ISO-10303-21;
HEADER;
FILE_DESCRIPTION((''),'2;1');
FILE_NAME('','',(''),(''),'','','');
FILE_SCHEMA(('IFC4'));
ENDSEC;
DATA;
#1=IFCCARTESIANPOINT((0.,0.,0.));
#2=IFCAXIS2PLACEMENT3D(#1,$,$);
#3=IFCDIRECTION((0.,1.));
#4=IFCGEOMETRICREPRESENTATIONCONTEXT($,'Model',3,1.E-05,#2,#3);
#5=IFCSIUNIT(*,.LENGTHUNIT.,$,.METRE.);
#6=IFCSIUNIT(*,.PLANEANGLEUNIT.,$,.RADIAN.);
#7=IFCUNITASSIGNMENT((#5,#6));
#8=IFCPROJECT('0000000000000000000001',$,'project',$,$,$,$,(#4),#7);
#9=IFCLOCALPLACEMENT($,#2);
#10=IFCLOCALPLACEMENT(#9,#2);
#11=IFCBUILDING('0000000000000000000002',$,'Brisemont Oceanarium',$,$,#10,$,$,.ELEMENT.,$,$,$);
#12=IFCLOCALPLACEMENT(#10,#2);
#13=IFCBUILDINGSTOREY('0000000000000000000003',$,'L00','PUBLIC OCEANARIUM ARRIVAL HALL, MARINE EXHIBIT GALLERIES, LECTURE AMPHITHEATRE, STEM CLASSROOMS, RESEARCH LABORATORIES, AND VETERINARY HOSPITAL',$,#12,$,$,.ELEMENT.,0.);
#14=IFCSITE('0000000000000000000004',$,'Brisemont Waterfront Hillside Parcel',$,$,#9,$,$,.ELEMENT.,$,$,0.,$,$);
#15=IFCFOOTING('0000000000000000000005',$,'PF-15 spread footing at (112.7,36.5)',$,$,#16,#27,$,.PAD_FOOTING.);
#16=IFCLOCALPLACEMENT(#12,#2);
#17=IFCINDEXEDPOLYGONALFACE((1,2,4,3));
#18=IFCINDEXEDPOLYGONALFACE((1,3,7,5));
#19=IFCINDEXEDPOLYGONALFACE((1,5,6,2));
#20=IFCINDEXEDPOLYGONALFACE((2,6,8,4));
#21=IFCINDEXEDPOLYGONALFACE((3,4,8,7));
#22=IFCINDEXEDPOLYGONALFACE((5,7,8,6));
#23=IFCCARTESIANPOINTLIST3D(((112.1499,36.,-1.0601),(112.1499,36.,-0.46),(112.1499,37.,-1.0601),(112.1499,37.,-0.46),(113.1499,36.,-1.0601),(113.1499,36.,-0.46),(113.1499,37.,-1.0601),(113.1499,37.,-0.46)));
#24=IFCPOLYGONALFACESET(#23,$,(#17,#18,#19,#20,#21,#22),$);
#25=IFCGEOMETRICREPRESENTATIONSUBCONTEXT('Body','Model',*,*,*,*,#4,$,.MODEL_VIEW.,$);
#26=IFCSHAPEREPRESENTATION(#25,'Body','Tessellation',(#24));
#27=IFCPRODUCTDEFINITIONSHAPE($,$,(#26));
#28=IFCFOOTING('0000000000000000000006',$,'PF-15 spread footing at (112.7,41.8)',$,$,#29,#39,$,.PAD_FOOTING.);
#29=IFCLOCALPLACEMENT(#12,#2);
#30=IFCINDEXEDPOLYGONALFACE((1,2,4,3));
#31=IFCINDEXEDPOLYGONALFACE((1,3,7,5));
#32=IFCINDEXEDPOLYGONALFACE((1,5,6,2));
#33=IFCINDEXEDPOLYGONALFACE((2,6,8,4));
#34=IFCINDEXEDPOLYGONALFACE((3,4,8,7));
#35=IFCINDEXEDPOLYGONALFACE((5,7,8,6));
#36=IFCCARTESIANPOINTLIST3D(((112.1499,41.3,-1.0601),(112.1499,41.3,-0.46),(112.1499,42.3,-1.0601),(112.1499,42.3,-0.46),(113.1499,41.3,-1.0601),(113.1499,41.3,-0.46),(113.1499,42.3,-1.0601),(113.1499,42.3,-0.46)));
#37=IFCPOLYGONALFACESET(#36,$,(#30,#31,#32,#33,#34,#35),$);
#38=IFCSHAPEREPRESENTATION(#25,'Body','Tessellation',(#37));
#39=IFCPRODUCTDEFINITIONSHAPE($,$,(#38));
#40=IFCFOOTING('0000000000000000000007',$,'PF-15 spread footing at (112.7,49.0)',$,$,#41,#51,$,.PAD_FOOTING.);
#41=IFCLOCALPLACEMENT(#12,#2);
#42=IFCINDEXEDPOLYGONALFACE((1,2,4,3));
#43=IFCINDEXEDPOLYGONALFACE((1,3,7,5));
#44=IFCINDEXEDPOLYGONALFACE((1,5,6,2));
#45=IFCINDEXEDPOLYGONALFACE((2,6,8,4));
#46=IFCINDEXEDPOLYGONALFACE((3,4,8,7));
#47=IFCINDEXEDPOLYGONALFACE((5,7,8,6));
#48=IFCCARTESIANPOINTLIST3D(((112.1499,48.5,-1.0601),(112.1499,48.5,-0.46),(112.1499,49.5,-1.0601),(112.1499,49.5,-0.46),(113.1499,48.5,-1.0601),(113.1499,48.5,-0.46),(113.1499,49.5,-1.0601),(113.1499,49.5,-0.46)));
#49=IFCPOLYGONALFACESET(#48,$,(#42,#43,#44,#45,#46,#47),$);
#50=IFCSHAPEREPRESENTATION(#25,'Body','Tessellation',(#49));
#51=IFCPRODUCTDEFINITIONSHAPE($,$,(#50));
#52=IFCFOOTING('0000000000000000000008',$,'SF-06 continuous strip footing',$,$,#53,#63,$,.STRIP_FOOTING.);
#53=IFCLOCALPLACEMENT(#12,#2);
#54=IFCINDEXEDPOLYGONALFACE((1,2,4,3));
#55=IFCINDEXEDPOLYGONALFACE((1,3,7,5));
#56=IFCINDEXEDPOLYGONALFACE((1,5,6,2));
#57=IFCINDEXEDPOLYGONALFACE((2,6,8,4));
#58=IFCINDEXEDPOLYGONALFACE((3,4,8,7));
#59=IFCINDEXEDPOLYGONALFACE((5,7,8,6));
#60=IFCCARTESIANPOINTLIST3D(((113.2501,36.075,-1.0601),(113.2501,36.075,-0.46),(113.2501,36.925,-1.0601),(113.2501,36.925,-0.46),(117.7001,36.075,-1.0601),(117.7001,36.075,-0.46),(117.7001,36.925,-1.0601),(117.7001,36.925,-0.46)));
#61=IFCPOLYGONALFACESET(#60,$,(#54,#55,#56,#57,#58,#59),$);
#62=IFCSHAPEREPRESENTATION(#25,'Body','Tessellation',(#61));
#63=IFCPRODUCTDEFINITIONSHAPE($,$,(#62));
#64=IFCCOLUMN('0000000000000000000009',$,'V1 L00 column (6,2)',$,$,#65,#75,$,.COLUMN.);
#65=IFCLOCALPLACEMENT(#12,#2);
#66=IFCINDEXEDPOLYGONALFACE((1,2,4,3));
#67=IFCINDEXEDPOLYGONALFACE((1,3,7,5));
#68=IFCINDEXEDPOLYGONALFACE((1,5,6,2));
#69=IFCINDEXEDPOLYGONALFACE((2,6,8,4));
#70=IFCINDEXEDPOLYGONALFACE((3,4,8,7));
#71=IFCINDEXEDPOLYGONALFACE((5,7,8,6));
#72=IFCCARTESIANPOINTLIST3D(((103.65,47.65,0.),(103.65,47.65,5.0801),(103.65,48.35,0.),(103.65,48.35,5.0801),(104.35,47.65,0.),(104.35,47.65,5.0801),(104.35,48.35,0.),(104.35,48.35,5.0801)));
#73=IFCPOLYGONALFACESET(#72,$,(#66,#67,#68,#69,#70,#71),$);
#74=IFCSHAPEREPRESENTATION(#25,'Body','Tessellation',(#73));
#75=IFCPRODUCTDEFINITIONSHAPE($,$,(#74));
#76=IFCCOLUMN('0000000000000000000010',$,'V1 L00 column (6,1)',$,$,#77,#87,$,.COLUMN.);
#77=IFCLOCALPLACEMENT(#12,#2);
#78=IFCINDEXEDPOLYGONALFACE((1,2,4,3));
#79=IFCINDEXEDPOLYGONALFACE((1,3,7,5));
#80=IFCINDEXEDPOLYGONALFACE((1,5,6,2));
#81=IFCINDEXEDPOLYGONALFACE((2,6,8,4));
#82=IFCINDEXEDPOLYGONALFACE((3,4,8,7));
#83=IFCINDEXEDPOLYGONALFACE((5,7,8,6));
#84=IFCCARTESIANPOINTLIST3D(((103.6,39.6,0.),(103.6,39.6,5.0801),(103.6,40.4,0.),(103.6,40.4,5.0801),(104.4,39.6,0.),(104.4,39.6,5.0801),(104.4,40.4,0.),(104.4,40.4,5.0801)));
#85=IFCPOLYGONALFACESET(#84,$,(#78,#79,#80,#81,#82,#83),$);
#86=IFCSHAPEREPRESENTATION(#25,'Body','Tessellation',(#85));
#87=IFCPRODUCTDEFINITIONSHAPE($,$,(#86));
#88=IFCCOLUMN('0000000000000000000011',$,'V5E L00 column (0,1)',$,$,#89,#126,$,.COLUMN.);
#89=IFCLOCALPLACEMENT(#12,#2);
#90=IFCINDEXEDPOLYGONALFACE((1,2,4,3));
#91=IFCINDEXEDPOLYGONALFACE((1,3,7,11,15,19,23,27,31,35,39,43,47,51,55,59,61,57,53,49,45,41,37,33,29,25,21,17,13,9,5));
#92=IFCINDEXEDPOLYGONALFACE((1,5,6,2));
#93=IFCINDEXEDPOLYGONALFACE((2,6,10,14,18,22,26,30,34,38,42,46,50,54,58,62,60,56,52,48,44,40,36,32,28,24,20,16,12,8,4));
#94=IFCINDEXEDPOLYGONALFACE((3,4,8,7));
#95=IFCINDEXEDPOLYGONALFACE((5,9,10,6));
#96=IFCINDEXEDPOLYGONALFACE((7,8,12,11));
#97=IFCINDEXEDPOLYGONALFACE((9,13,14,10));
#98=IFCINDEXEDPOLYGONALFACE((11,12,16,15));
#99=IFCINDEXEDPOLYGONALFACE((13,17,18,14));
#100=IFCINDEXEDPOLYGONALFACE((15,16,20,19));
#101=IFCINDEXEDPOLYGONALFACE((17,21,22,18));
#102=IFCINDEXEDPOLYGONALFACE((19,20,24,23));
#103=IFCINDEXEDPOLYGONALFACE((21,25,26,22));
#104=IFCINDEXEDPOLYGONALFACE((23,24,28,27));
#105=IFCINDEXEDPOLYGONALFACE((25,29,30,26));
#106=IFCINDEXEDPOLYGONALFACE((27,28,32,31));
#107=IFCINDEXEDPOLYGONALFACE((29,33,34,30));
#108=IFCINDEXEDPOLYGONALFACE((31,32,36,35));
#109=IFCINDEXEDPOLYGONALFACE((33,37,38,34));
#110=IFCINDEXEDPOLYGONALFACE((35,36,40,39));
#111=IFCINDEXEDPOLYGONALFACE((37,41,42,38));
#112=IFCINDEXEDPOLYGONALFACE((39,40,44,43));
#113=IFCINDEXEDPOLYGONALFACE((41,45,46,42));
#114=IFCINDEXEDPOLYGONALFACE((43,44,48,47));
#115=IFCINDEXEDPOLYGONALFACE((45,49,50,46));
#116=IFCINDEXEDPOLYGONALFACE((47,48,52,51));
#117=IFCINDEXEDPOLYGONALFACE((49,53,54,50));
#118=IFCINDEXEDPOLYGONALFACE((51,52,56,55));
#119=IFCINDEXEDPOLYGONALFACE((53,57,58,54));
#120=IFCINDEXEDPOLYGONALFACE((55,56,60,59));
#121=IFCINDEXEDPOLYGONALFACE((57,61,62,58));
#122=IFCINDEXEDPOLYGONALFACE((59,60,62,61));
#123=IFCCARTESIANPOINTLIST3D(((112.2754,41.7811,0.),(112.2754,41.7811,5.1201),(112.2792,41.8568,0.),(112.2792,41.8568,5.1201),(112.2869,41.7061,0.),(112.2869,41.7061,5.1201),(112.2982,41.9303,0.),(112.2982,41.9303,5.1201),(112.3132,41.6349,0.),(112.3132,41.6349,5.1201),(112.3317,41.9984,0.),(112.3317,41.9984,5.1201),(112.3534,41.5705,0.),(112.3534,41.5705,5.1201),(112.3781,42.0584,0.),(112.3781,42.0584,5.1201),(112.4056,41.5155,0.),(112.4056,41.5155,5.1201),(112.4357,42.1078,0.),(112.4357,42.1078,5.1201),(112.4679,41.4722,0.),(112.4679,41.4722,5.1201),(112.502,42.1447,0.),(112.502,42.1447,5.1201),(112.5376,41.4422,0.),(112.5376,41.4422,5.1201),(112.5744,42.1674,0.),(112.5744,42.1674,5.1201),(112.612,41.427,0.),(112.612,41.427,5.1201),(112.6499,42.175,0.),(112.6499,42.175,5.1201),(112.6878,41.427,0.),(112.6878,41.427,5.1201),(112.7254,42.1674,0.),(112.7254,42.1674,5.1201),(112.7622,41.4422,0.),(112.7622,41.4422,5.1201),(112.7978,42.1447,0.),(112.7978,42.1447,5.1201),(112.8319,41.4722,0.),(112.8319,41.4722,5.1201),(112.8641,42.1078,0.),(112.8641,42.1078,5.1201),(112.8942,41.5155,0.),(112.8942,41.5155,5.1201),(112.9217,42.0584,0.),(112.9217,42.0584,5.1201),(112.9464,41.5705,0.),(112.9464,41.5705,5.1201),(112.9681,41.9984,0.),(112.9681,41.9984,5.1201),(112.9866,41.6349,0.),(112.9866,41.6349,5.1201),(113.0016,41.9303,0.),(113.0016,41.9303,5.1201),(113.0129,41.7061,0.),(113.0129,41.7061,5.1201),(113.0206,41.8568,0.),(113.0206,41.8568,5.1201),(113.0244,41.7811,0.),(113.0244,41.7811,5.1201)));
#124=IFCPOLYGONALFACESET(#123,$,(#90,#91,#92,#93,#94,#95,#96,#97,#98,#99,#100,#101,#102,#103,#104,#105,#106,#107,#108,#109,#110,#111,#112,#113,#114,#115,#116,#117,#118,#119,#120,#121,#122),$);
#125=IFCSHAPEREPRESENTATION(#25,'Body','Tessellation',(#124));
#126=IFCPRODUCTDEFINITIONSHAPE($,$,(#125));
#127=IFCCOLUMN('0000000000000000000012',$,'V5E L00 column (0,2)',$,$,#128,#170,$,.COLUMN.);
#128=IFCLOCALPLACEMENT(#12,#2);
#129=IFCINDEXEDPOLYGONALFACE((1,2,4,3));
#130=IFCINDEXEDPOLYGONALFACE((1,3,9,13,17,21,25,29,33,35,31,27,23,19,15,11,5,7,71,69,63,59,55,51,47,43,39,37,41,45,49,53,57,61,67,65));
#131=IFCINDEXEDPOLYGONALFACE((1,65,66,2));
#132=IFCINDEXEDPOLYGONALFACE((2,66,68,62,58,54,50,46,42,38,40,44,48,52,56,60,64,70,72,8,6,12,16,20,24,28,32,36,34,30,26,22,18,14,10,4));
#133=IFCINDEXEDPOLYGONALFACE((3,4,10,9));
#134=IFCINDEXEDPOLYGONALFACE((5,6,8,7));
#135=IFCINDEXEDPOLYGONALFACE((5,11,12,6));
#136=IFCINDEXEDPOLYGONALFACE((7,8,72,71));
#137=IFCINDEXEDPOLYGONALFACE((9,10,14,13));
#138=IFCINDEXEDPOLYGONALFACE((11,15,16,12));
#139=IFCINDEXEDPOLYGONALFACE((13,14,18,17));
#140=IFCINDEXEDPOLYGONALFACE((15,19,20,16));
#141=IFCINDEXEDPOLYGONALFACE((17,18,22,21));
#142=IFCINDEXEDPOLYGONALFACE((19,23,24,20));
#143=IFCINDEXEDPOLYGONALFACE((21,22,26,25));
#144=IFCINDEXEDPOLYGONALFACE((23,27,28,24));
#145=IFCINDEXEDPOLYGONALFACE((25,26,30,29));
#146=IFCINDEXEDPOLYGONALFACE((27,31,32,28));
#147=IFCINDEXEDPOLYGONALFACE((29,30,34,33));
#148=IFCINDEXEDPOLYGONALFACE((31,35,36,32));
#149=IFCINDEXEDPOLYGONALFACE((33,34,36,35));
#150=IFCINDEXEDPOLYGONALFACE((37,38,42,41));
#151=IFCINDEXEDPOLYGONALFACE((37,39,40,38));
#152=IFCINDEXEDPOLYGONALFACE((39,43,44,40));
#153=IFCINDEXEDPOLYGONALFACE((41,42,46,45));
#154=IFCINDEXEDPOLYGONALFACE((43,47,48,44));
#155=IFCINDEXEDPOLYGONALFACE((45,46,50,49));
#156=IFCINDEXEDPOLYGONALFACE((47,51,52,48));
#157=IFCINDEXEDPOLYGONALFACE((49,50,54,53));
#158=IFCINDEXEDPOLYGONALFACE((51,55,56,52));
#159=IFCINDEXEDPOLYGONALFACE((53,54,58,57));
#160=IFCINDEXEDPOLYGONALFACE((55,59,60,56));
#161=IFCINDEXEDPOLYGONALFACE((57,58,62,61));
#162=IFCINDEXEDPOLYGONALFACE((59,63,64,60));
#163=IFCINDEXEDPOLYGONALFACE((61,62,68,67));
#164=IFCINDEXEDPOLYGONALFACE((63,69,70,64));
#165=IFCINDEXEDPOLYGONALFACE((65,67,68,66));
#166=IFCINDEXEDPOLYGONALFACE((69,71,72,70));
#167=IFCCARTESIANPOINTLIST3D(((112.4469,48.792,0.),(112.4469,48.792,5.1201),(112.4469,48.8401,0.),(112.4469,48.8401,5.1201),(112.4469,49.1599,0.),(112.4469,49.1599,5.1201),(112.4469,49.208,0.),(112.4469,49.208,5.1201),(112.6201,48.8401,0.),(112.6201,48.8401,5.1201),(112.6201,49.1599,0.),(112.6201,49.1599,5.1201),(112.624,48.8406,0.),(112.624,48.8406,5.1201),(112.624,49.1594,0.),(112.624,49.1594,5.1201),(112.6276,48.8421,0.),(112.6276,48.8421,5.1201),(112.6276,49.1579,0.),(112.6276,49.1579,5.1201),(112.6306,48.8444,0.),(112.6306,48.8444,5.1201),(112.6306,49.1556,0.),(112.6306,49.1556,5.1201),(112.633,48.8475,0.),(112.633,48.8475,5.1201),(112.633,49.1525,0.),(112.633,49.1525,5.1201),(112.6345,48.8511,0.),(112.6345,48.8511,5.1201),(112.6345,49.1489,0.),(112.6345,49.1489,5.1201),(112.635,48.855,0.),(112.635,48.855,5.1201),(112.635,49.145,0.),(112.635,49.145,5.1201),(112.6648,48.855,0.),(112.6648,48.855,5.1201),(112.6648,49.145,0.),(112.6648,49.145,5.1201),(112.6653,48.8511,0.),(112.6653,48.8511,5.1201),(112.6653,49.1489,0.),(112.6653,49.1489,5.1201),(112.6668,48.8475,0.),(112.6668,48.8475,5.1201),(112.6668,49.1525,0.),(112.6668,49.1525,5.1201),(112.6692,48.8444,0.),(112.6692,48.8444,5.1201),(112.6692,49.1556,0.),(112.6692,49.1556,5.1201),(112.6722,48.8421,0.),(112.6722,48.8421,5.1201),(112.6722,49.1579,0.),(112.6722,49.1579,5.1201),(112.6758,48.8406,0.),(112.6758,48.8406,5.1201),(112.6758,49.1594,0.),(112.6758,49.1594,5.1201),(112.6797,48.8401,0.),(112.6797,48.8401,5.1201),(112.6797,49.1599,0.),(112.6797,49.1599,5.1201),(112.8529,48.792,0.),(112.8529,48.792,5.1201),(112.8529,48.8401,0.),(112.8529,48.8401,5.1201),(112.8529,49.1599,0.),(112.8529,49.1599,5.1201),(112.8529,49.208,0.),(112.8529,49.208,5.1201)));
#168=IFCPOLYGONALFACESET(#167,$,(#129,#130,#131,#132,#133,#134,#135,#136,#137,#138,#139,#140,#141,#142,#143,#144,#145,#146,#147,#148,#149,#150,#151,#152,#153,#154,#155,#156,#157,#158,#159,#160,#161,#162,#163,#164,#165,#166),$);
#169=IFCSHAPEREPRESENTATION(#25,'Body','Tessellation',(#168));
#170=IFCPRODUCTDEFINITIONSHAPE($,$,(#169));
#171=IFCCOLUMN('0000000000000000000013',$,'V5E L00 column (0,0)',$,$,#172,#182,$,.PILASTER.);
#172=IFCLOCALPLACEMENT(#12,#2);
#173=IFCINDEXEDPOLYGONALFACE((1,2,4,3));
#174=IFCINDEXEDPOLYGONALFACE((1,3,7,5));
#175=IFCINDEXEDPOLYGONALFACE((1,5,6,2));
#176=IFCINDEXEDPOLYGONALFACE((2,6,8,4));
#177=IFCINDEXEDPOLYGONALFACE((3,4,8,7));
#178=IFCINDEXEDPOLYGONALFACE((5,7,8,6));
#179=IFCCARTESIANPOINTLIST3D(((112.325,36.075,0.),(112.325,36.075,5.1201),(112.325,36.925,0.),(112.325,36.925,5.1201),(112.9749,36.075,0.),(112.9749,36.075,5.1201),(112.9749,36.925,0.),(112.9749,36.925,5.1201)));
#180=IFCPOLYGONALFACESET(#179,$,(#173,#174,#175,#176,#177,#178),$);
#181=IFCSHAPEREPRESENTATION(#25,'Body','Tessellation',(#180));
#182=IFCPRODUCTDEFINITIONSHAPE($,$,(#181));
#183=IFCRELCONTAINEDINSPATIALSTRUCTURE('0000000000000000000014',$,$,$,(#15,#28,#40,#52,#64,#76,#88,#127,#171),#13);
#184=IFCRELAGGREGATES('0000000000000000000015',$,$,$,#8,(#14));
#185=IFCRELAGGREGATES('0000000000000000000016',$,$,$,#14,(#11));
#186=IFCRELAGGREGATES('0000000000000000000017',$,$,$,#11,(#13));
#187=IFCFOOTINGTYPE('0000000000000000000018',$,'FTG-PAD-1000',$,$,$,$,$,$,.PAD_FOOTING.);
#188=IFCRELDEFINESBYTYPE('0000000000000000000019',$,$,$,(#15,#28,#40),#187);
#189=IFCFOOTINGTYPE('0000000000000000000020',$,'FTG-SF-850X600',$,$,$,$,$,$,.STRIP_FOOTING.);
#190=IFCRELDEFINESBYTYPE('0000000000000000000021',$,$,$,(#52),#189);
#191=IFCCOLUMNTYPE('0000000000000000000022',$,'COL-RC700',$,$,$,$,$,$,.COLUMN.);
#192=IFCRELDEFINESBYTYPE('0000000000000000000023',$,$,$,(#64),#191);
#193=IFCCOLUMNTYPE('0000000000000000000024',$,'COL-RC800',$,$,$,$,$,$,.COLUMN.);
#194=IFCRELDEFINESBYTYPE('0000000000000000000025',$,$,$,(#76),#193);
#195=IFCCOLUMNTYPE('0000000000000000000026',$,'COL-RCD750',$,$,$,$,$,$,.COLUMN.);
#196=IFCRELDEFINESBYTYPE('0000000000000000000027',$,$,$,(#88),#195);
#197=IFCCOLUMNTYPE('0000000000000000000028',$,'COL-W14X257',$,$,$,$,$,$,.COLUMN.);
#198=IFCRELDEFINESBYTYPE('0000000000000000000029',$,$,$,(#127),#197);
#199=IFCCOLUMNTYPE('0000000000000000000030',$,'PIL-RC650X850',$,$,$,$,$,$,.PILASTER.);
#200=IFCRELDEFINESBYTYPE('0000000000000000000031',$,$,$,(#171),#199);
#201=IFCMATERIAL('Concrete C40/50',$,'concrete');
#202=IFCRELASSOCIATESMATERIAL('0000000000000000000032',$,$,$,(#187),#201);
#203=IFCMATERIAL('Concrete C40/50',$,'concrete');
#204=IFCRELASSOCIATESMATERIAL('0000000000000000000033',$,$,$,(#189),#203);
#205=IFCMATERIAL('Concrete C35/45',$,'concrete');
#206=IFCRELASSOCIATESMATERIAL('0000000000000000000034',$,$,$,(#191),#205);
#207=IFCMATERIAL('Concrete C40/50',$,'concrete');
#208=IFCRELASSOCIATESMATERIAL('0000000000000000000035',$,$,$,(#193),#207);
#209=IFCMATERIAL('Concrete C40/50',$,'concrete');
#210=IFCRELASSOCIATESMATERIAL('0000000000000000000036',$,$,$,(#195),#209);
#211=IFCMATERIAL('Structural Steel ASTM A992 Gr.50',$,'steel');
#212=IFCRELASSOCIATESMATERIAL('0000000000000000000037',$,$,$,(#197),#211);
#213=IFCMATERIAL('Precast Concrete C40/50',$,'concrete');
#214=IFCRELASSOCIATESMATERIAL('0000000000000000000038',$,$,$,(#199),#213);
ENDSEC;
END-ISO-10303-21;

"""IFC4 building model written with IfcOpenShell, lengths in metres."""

from ifc_helpers import new_model, si_unit, direction, frame, origin, origin_2d, place, context, subcontext, project, spatial, rectangle, circle, i_section, extrude, material, material_profile, profile_set, type_object, element, save


model = new_model("IFC4")

# Units and contexts
model_context = context("Model", 3, precision=1e-05, world=origin(), true_north=direction((0.0, 1.0)))
body_context = subcontext(model_context, "Body", "Model", "MODEL_VIEW")
ifc_project = project(units=[si_unit("LENGTHUNIT", "METRE"), si_unit("PLANEANGLEUNIT", "RADIAN")], contexts=[model_context])

# Site, building, storey
site_placement = place(None, origin())
site = spatial("IfcSite", under=ifc_project, at=site_placement, Name="Brisemont Waterfront Hillside Parcel", CompositionType="ELEMENT", RefElevation=0.0)
building_placement = place(site_placement, origin())
building = spatial("IfcBuilding", under=site, at=building_placement, Name="Brisemont Oceanarium", CompositionType="ELEMENT")
storey_placement = place(building_placement, origin())
storey = spatial("IfcBuildingStorey", under=building, at=storey_placement, Name="L00", Description="PUBLIC OCEANARIUM ARRIVAL HALL, MARINE EXHIBIT GALLERIES, LECTURE AMPHITHEATRE, STEM CLASSROOMS, RESEARCH LABORATORIES, AND VETERINARY HOSPITAL", CompositionType="ELEMENT", Elevation=0.0)

# Footings
ifc_material_1 = material(Name="Concrete C40/50", Category="concrete")
footing_type_1 = type_object("IfcFootingType", Name="FTG-PAD-1000", PredefinedType="PAD_FOOTING", material=ifc_material_1)
for number, where, z_axis, x_axis, name in (
    (1, (112.6499, 36.5, -1.0601), (0.0, 0.0, 1.0), (1.0, 0.0, 0.0), "PF-15 spread footing at (112.7,36.5)"),
    (2, (112.6499, 41.8, -1.0601), (0.0, 0.0, 1.0), (1.0, 0.0, 0.0), "PF-15 spread footing at (112.7,41.8)"),
    (3, (112.6499, 49.0, -1.0601), (0.0, 0.0, 1.0), (1.0, 0.0, 0.0), "PF-15 spread footing at (112.7,49.0)"),
):
    element("IfcFooting", number, at=place(storey_placement, frame(where, z_axis=z_axis, x_axis=x_axis)), inside=storey, type_object=footing_type_1, Name=name, PredefinedType="PAD_FOOTING", context=body_context, shape_type="SweptSolid", body=[
        extrude(rectangle(XDim=1.0, YDim=1.0, at=origin_2d()), origin(), (0.0, 0.0, 1.0), 0.6001),
    ])
ifc_material_2 = material(Name="Concrete C40/50", Category="concrete")
footing_type_2 = type_object("IfcFootingType", Name="FTG-SF-850X600", PredefinedType="STRIP_FOOTING", material=ifc_material_2)
footing_placement = place(storey_placement, frame((115.4751, 36.5, -1.0601), z_axis=(0.0, 0.0, 1.0), x_axis=(1.0, 0.0, 0.0)))
element("IfcFooting", 4, at=footing_placement, inside=storey, type_object=footing_type_2, Name="SF-06 continuous strip footing", PredefinedType="STRIP_FOOTING", context=body_context, shape_type="SweptSolid", body=[
    extrude(rectangle(XDim=4.45, YDim=0.8501, at=origin_2d()), origin(), (0.0, 0.0, 1.0), 0.6001),
])

# Columns
ifc_material_3 = material(Name="Concrete C35/45", Category="concrete")
ifc_material_profile_1 = material_profile(ifc_material_3, rectangle(XDim=0.7, YDim=0.7, at=origin_2d()), Name="RC-COL-700X700")
ifc_profile_set_1 = profile_set([ifc_material_profile_1], Name="Concrete C35/45")
column_type_1 = type_object("IfcColumnType", Name="COL-RC700", PredefinedType="COLUMN", material=ifc_profile_set_1)
column_1_placement = place(storey_placement, frame((104.0, 48.0, 0.0), z_axis=(0.0, 0.0, 1.0), x_axis=(1.0, 0.0, 0.0)))
element("IfcColumn", 5, at=column_1_placement, inside=storey, type_object=column_type_1, Name="V1 L00 column (6,2)", PredefinedType="COLUMN", context=body_context, shape_type="SweptSolid", body=[
    extrude(rectangle(XDim=0.7, YDim=0.7, at=origin_2d()), origin(), (0.0, 0.0, 1.0), 5.0801),
])
ifc_material_4 = material(Name="Concrete C40/50", Category="concrete")
ifc_material_profile_2 = material_profile(ifc_material_4, rectangle(XDim=0.8, YDim=0.8, at=origin_2d()), Name="RC-COL-800X800")
ifc_profile_set_2 = profile_set([ifc_material_profile_2], Name="Concrete C40/50")
column_type_2 = type_object("IfcColumnType", Name="COL-RC800", PredefinedType="COLUMN", material=ifc_profile_set_2)
column_2_placement = place(storey_placement, frame((104.0, 40.0, 0.0), z_axis=(0.0, 0.0, 1.0), x_axis=(0.0, 1.0, 0.0)))
element("IfcColumn", 6, at=column_2_placement, inside=storey, type_object=column_type_2, Name="V1 L00 column (6,1)", PredefinedType="COLUMN", context=body_context, shape_type="SweptSolid", body=[
    extrude(rectangle(XDim=0.8, YDim=0.8, at=origin_2d()), origin(), (0.0, 0.0, 1.0), 5.0801),
])
ifc_material_5 = material(Name="Concrete C40/50", Category="concrete")
ifc_material_profile_3 = material_profile(ifc_material_5, circle(Radius=0.375, at=origin_2d()), Name="RC-COL-D750")
ifc_profile_set_3 = profile_set([ifc_material_profile_3], Name="Concrete C40/50")
column_type_3 = type_object("IfcColumnType", Name="COL-RCD750", PredefinedType="COLUMN", material=ifc_profile_set_3)
column_3_placement = place(storey_placement, frame((112.6499, 41.8, 0.0), z_axis=(0.0, 0.0, 1.0), x_axis=(0.0, 1.0, 0.0)))
element("IfcColumn", 7, at=column_3_placement, inside=storey, type_object=column_type_3, Name="V5E L00 column (0,1)", PredefinedType="COLUMN", context=body_context, shape_type="SweptSolid", body=[
    extrude(circle(Radius=0.375, at=origin_2d()), origin(), (0.0, 0.0, 1.0), 5.1201),
])
ifc_material_6 = material(Name="Structural Steel ASTM A992 Gr.50", Category="steel")
ifc_material_profile_4 = material_profile(ifc_material_6, i_section(OverallWidth=0.406, OverallDepth=0.416, WebThickness=0.0298, FlangeThickness=0.0481, FilletRadius=0.0149, at=origin_2d()), Name="W14X257")
ifc_profile_set_4 = profile_set([ifc_material_profile_4], Name="Structural Steel ASTM A992 Gr.50")
column_type_4 = type_object("IfcColumnType", Name="COL-W14X257", PredefinedType="COLUMN", material=ifc_profile_set_4)
column_4_placement = place(storey_placement, frame((112.6499, 49.0, 0.0), z_axis=(0.0, 0.0, 1.0), x_axis=(1.0, 0.0, 0.0)))
element("IfcColumn", 8, at=column_4_placement, inside=storey, type_object=column_type_4, Name="V5E L00 column (0,2)", PredefinedType="COLUMN", context=body_context, shape_type="SweptSolid", body=[
    extrude(i_section(OverallWidth=0.406, OverallDepth=0.416, WebThickness=0.0298, FlangeThickness=0.0481, FilletRadius=0.0149, at=origin_2d()), origin(), (0.0, 0.0, 1.0), 5.1201),
])
ifc_material_7 = material(Name="Precast Concrete C40/50", Category="concrete")
ifc_material_profile_5 = material_profile(ifc_material_7, rectangle(XDim=0.6499, YDim=0.8501, at=origin_2d()), Name="RC-PIL-650X850")
ifc_profile_set_5 = profile_set([ifc_material_profile_5], Name="Precast Concrete C40/50")
column_type_5 = type_object("IfcColumnType", Name="PIL-RC650X850", PredefinedType="PILASTER", material=ifc_profile_set_5)
column_5_placement = place(storey_placement, frame((112.6499, 36.5, 0.0), z_axis=(0.0, 0.0, 1.0), x_axis=(1.0, 0.0, 0.0)))
element("IfcColumn", 9, at=column_5_placement, inside=storey, type_object=column_type_5, Name="V5E L00 column (0,0)", PredefinedType="PILASTER", context=body_context, shape_type="SweptSolid", body=[
    extrude(rectangle(XDim=0.6499, YDim=0.8501, at=origin_2d()), origin(), (0.0, 0.0, 1.0), 5.1201),
])

save(model, "model.ifc")
